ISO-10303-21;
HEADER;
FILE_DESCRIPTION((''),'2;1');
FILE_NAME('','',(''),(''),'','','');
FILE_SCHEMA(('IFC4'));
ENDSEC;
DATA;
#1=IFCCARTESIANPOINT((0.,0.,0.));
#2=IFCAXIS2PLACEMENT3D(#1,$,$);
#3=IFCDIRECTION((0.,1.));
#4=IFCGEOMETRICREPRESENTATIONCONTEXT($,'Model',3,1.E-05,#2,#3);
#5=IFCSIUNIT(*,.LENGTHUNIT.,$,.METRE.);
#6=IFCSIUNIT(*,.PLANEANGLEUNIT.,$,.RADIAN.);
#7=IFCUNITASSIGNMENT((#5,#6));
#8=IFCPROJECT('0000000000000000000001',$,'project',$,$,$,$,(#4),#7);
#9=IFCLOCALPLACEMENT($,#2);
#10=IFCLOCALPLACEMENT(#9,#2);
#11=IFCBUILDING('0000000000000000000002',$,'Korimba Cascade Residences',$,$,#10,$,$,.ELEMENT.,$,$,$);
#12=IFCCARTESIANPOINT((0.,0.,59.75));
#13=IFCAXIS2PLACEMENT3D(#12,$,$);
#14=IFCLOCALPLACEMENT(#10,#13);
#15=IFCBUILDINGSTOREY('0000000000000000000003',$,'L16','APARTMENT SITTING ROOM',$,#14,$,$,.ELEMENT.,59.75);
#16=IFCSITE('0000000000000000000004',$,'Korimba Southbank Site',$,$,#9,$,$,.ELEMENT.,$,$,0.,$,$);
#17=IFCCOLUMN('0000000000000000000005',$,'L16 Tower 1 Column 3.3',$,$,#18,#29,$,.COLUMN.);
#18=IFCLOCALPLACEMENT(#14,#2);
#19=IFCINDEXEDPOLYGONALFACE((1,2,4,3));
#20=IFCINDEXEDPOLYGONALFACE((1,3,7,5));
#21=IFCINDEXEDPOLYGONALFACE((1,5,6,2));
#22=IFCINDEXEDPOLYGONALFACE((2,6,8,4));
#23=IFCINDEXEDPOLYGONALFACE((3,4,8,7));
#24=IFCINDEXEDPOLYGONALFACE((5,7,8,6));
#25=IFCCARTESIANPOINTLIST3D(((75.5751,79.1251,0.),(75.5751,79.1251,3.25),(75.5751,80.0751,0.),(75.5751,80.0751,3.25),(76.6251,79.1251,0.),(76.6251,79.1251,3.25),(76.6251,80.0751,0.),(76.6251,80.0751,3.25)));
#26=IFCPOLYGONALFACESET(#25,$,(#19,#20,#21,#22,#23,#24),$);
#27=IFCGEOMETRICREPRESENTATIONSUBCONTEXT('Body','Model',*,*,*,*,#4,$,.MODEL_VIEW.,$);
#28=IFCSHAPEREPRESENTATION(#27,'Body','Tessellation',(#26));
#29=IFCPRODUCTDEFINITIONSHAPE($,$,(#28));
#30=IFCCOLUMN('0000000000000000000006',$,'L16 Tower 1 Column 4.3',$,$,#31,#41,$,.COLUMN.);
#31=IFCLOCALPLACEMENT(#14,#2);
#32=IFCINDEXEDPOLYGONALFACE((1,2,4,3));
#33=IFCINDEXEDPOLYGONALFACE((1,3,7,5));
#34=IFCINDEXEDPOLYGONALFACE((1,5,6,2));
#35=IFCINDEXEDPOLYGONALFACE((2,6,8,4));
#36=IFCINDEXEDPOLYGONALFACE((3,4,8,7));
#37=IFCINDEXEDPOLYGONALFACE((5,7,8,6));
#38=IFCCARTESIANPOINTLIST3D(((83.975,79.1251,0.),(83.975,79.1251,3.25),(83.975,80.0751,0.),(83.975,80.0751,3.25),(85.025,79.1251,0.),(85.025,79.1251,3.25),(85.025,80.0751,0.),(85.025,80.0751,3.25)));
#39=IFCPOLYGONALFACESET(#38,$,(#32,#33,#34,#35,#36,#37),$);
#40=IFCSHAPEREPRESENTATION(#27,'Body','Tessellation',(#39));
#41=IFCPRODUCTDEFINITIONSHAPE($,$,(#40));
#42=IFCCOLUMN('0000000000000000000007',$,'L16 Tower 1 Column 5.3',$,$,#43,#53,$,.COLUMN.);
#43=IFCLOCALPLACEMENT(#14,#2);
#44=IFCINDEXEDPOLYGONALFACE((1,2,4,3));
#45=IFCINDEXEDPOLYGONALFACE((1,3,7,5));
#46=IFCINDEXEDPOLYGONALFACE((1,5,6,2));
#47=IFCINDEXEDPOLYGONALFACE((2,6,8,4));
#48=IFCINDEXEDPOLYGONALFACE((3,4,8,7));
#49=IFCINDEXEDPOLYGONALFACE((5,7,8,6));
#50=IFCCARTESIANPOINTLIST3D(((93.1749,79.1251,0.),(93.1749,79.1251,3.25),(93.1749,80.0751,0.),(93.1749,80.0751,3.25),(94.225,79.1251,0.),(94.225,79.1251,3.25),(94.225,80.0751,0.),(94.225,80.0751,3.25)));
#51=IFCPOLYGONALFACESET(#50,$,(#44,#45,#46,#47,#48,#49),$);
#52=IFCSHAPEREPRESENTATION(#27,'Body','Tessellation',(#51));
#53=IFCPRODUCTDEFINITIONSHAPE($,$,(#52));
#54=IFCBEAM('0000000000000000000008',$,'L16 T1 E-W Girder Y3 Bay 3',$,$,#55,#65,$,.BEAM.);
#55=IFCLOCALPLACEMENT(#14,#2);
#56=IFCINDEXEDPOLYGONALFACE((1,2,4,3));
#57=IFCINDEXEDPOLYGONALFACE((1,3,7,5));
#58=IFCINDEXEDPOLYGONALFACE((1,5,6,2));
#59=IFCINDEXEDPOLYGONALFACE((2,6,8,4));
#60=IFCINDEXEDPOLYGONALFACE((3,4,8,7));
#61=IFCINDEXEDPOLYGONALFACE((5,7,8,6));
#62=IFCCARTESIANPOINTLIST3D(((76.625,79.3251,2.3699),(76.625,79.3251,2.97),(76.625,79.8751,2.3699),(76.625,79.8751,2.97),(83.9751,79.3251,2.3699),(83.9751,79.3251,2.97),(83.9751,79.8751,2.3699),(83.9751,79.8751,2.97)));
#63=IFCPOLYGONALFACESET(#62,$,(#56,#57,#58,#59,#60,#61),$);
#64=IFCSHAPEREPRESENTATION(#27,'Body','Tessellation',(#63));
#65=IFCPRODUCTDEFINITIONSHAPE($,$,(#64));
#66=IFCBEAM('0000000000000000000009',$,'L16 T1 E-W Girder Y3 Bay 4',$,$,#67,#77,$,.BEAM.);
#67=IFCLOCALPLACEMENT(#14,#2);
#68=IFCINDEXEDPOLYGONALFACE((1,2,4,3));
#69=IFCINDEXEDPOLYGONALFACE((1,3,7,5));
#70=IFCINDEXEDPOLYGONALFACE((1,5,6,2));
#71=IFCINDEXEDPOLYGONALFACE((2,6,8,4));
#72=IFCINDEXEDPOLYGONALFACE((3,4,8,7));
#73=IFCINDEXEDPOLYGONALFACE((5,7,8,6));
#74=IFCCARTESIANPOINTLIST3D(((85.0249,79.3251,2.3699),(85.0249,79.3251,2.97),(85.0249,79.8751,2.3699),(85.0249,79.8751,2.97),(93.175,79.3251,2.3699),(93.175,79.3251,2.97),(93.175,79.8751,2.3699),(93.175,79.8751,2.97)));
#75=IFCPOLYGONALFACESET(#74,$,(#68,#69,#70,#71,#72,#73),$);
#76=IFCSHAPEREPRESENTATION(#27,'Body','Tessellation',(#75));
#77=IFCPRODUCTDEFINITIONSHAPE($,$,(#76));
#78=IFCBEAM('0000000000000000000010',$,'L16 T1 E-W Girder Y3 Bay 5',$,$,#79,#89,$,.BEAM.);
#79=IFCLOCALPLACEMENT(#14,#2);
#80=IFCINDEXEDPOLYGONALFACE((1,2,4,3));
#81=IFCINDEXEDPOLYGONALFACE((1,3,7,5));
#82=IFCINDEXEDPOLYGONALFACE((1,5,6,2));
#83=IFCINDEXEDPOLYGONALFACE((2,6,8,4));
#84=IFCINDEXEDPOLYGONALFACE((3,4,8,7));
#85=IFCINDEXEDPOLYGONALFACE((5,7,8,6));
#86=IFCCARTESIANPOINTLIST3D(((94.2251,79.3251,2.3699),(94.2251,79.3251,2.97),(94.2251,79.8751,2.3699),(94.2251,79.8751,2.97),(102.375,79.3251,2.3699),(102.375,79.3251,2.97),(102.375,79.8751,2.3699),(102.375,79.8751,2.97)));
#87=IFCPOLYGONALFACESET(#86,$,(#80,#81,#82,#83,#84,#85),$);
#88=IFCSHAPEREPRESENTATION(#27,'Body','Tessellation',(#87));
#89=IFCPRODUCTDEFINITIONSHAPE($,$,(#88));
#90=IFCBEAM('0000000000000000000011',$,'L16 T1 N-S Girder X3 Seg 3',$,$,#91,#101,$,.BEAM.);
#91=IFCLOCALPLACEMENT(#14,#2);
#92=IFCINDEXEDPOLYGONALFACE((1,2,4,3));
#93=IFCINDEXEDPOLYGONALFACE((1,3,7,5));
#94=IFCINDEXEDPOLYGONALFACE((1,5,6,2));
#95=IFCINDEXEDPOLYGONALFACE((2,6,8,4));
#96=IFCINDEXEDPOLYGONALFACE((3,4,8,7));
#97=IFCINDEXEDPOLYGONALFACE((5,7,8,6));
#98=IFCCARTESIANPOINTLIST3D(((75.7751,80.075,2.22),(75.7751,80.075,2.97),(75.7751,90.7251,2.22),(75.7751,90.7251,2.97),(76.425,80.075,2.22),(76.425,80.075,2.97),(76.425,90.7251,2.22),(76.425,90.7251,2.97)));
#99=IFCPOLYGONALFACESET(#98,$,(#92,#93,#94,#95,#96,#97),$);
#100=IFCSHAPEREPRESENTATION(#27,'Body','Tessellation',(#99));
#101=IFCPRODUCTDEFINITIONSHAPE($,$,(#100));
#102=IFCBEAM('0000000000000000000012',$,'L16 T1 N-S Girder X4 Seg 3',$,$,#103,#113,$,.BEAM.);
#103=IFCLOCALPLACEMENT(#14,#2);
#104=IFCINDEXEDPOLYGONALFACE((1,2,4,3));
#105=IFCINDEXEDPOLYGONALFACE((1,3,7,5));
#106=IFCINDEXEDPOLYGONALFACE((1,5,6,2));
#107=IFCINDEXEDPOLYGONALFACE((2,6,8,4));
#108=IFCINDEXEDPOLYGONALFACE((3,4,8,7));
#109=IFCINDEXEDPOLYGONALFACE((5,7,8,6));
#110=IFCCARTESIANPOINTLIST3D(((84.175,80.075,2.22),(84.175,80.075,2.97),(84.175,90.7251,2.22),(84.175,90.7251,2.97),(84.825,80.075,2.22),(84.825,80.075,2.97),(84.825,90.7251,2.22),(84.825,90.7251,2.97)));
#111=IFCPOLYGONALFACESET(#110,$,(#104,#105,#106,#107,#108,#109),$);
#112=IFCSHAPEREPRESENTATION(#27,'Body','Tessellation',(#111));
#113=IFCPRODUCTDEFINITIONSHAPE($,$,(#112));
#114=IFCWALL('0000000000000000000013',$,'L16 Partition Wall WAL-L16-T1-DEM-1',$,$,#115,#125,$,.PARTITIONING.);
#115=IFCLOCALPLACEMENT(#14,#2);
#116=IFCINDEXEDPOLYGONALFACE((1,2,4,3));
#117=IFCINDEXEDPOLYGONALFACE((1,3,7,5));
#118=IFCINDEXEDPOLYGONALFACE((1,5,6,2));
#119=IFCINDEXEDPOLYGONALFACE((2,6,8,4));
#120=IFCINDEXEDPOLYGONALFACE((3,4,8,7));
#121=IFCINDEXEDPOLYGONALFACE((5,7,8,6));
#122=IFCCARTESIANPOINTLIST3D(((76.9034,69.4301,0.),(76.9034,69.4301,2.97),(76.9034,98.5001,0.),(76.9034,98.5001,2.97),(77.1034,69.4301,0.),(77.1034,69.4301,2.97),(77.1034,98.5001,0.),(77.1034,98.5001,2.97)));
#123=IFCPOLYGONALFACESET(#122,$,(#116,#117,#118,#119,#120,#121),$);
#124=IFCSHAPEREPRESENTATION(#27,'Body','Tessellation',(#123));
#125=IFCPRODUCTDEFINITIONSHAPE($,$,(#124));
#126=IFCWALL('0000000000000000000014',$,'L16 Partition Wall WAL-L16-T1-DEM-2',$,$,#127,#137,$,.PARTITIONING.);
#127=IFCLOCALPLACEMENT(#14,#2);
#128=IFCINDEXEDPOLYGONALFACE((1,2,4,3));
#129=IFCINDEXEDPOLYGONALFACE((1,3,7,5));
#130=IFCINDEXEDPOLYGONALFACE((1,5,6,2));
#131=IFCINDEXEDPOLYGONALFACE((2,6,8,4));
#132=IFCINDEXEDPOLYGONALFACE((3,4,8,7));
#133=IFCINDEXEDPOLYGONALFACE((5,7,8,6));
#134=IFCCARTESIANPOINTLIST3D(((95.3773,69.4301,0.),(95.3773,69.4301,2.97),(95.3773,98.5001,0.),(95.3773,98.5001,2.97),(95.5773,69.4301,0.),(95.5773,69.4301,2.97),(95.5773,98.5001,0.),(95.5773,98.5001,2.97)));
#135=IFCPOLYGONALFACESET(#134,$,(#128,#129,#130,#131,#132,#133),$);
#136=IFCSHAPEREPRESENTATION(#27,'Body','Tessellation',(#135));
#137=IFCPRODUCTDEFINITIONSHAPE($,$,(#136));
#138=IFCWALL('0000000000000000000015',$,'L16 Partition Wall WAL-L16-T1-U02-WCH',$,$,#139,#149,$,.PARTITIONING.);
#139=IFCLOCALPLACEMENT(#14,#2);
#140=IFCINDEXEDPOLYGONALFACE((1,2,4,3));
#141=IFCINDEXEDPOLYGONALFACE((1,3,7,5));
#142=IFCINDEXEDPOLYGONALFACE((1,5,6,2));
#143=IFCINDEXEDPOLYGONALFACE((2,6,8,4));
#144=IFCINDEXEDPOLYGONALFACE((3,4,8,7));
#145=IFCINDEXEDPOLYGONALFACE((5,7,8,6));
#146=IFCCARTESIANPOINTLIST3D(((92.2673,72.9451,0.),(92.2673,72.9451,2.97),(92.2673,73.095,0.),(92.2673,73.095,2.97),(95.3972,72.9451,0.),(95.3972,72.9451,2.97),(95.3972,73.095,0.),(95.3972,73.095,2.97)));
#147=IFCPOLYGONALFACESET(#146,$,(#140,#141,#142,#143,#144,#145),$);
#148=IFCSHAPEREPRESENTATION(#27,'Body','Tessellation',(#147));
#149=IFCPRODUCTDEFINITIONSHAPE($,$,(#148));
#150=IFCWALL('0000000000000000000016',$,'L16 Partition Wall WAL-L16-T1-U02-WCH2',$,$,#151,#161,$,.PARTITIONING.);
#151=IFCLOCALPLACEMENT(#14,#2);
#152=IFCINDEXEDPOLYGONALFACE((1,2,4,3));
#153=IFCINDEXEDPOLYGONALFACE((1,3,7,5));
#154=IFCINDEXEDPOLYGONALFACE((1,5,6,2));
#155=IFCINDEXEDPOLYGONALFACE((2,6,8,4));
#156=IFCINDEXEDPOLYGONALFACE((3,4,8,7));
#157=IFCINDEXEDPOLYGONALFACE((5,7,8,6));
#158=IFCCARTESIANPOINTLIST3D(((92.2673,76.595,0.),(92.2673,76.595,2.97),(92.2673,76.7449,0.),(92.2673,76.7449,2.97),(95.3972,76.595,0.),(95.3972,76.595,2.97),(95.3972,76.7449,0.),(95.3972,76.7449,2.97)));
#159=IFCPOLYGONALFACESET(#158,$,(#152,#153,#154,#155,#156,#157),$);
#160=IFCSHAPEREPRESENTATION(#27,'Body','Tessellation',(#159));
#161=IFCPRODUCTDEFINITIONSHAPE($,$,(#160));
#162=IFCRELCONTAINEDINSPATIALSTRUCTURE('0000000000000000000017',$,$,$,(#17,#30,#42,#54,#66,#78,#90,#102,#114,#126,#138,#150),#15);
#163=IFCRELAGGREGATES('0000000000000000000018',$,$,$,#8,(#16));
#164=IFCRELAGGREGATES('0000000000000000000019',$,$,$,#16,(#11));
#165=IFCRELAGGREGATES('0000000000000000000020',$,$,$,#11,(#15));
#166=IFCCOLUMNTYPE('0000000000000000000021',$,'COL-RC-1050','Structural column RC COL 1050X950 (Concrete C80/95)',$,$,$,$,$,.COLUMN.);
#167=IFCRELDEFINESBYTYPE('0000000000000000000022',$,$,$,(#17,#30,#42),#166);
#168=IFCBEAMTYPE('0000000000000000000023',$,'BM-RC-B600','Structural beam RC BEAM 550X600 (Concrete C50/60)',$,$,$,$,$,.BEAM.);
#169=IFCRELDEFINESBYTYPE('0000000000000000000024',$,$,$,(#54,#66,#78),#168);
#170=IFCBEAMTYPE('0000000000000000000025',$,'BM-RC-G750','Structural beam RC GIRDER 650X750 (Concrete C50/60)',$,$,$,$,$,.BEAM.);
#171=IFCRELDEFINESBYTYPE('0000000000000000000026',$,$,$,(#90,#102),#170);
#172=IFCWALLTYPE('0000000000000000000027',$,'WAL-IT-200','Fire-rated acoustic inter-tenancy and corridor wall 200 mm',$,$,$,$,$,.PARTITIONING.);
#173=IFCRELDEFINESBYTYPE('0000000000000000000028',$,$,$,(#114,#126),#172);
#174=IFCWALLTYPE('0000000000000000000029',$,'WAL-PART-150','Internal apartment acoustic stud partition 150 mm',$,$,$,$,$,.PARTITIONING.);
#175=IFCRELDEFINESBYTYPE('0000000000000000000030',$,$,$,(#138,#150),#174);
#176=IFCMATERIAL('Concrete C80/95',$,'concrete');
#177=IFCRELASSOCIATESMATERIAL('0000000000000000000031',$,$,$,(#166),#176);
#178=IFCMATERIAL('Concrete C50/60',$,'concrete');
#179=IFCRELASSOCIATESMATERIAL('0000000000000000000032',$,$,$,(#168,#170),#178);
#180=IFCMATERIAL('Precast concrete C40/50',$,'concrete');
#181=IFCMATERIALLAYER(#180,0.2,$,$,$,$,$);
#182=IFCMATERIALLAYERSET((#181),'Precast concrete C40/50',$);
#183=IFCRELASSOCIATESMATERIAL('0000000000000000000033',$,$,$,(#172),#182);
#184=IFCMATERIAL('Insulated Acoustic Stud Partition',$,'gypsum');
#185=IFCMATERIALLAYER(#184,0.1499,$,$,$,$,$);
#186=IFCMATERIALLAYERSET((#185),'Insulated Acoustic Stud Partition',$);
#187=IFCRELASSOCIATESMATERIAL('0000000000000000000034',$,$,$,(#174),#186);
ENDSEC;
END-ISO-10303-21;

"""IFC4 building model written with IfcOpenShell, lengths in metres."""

from ifc_helpers import new_model, si_unit, direction, frame, frame_2d, origin, origin_2d, place, context, subcontext, project, spatial, rectangle, extrude, material, layer, layer_set, material_profile, profile_set, type_object, element, save


model = new_model("IFC4")

# Units and contexts
model_context = context("Model", 3, precision=1e-05, world=origin(), true_north=direction((0.0, 1.0)))
body_context = subcontext(model_context, "Body", "Model", "MODEL_VIEW")
ifc_project = project(units=[si_unit("LENGTHUNIT", "METRE"), si_unit("PLANEANGLEUNIT", "RADIAN")], contexts=[model_context])

# Site, building, storey
site_placement = place(None, origin())
site = spatial("IfcSite", under=ifc_project, at=site_placement, Name="Korimba Southbank Site", CompositionType="ELEMENT", RefElevation=0.0)
building_placement = place(site_placement, origin())
building = spatial("IfcBuilding", under=site, at=building_placement, Name="Korimba Cascade Residences", CompositionType="ELEMENT")
storey_placement = place(building_placement, frame((0.0, 0.0, 59.75)))
storey = spatial("IfcBuildingStorey", under=building, at=storey_placement, Name="L16", Description="APARTMENT SITTING ROOM", CompositionType="ELEMENT", Elevation=59.75)

# Columns
ifc_material_1 = material(Name="Concrete C80/95", Category="concrete")
ifc_material_profile_1 = material_profile(ifc_material_1, rectangle(XDim=1.05, YDim=0.95, at=origin_2d()), Name="Concrete C80/95")
ifc_profile_set_1 = profile_set([ifc_material_profile_1], Name="Concrete C80/95")
column_type = type_object("IfcColumnType", Name="COL-RC-1050", Description="Structural column RC COL 1050X950 (Concrete C80/95)", PredefinedType="COLUMN", material=ifc_profile_set_1)
for number, where, z_axis, x_axis, name in (
    (1, (76.1001, 79.6001, 0.0), (0.0, 0.0, 1.0), (1.0, 0.0, 0.0), "L16 Tower 1 Column 3.3"),
    (2, (84.5, 79.6001, 0.0), (0.0, 0.0, 1.0), (1.0, 0.0, 0.0), "L16 Tower 1 Column 4.3"),
    (3, (93.7, 79.6001, 0.0), (0.0, 0.0, 1.0), (1.0, 0.0, 0.0), "L16 Tower 1 Column 5.3"),
):
    element("IfcColumn", number, at=place(storey_placement, frame(where, z_axis=z_axis, x_axis=x_axis)), inside=storey, type_object=column_type, Name=name, PredefinedType="COLUMN", context=body_context, shape_type="SweptSolid", body=[
        extrude(rectangle(XDim=1.05, YDim=0.95, at=origin_2d()), origin(), (0.0, 0.0, 1.0), 3.25),
    ])

# Beams
ifc_material_2 = material(Name="Concrete C50/60", Category="concrete")
ifc_material_profile_2 = material_profile(ifc_material_2, rectangle(XDim=0.55, YDim=0.6001, at=origin_2d()), Name="Concrete C50/60")
ifc_profile_set_2 = profile_set([ifc_material_profile_2], Name="Concrete C50/60")
beam_type_1 = type_object("IfcBeamType", Name="BM-RC-B600", Description="Structural beam RC BEAM 550X600 (Concrete C50/60)", PredefinedType="BEAM", material=ifc_profile_set_2)
beam_1_placement = place(storey_placement, frame((76.625, 79.6001, 2.6699), z_axis=(1.0, 0.0, 0.0), x_axis=(0.0, 1.0, 0.0)))
element("IfcBeam", 4, at=beam_1_placement, inside=storey, type_object=beam_type_1, Name="L16 T1 E-W Girder Y3 Bay 3", PredefinedType="BEAM", context=body_context, shape_type="SweptSolid", body=[
    extrude(rectangle(XDim=0.55, YDim=0.6001, at=origin_2d()), origin(), (0.0, 0.0, 1.0), 7.3501),
])
beam_2_placement = place(storey_placement, frame((85.0249, 79.6001, 2.6699), z_axis=(1.0, 0.0, 0.0), x_axis=(0.0, 1.0, 0.0)))
element("IfcBeam", 5, at=beam_2_placement, inside=storey, type_object=beam_type_1, Name="L16 T1 E-W Girder Y3 Bay 4", PredefinedType="BEAM", context=body_context, shape_type="SweptSolid", body=[
    extrude(rectangle(XDim=0.55, YDim=0.6001, at=origin_2d()), origin(), (0.0, 0.0, 1.0), 8.1501),
])
beam_3_placement = place(storey_placement, frame((94.2251, 79.6001, 2.6699), z_axis=(1.0, 0.0, 0.0), x_axis=(0.0, 1.0, 0.0)))
element("IfcBeam", 6, at=beam_3_placement, inside=storey, type_object=beam_type_1, Name="L16 T1 E-W Girder Y3 Bay 5", PredefinedType="BEAM", context=body_context, shape_type="SweptSolid", body=[
    extrude(rectangle(XDim=0.55, YDim=0.6001, at=origin_2d()), origin(), (0.0, 0.0, 1.0), 8.1499),
])
ifc_material_profile_3 = material_profile(ifc_material_2, rectangle(XDim=0.6499, YDim=0.75, at=origin_2d()), Name="Concrete C50/60")
ifc_profile_set_3 = profile_set([ifc_material_profile_3], Name="Concrete C50/60")
beam_type_2 = type_object("IfcBeamType", Name="BM-RC-G750", Description="Structural beam RC GIRDER 650X750 (Concrete C50/60)", PredefinedType="BEAM", material=ifc_profile_set_3)
for number, where, z_axis, x_axis, name in (
    (7, (76.1001, 80.075, 2.595), (0.0, 1.0, 0.0), (-1.0, 0.0, 0.0), "L16 T1 N-S Girder X3 Seg 3"),
    (8, (84.5, 80.075, 2.595), (0.0, 1.0, 0.0), (-1.0, 0.0, 0.0), "L16 T1 N-S Girder X4 Seg 3"),
):
    element("IfcBeam", number, at=place(storey_placement, frame(where, z_axis=z_axis, x_axis=x_axis)), inside=storey, type_object=beam_type_2, Name=name, PredefinedType="BEAM", context=body_context, shape_type="SweptSolid", body=[
        extrude(rectangle(XDim=0.6499, YDim=0.75, at=origin_2d()), origin(), (0.0, 0.0, 1.0), 10.6501),
    ])

# Walls
ifc_material_3 = material(Name="Precast concrete C40/50", Category="concrete")
ifc_layer_1 = layer(ifc_material_3, 0.2)
ifc_layer_set_1 = layer_set([ifc_layer_1], Name="Precast concrete C40/50")
wall_type_1 = type_object("IfcWallType", Name="WAL-IT-200", Description="Fire-rated acoustic inter-tenancy and corridor wall 200 mm", PredefinedType="PARTITIONING", material=ifc_layer_set_1)
for number, where, z_axis, x_axis, name in (
    (9, (77.0034, 69.4299, 0.0), (0.0, 0.0, 1.0), (0.0, 1.0, 0.0), "L16 Partition Wall WAL-L16-T1-DEM-1"),
    (10, (95.4773, 69.4299, 0.0), (0.0, 0.0, 1.0), (0.0, 1.0, 0.0), "L16 Partition Wall WAL-L16-T1-DEM-2"),
):
    element("IfcWall", number, at=place(storey_placement, frame(where, z_axis=z_axis, x_axis=x_axis)), inside=storey, type_object=wall_type_1, Name=name, PredefinedType="PARTITIONING", context=body_context, shape_type="SweptSolid", body=[
        extrude(rectangle(XDim=29.0701, YDim=0.2, at=frame_2d((14.5352, 0.0))), origin(), (0.0, 0.0, 1.0), 2.97),
    ])
ifc_material_4 = material(Name="Insulated Acoustic Stud Partition", Category="gypsum")
ifc_layer_2 = layer(ifc_material_4, 0.1499)
ifc_layer_set_2 = layer_set([ifc_layer_2], Name="Insulated Acoustic Stud Partition")
wall_type_2 = type_object("IfcWallType", Name="WAL-PART-150", Description="Internal apartment acoustic stud partition 150 mm", PredefinedType="PARTITIONING", material=ifc_layer_set_2)
for number, where, z_axis, x_axis, name in (
    (11, (92.2673, 73.02, 0.0), (0.0, 0.0, 1.0), (1.0, 0.0, 0.0), "L16 Partition Wall WAL-L16-T1-U02-WCH"),
    (12, (92.2673, 76.6699, 0.0), (0.0, 0.0, 1.0), (1.0, 0.0, 0.0), "L16 Partition Wall WAL-L16-T1-U02-WCH2"),
):
    element("IfcWall", number, at=place(storey_placement, frame(where, z_axis=z_axis, x_axis=x_axis)), inside=storey, type_object=wall_type_2, Name=name, PredefinedType="PARTITIONING", context=body_context, shape_type="SweptSolid", body=[
        extrude(rectangle(XDim=3.1299, YDim=0.1499, at=frame_2d((1.5649, 0.0))), origin(), (0.0, 0.0, 1.0), 2.97),
    ])

save(model, "model.ifc")
